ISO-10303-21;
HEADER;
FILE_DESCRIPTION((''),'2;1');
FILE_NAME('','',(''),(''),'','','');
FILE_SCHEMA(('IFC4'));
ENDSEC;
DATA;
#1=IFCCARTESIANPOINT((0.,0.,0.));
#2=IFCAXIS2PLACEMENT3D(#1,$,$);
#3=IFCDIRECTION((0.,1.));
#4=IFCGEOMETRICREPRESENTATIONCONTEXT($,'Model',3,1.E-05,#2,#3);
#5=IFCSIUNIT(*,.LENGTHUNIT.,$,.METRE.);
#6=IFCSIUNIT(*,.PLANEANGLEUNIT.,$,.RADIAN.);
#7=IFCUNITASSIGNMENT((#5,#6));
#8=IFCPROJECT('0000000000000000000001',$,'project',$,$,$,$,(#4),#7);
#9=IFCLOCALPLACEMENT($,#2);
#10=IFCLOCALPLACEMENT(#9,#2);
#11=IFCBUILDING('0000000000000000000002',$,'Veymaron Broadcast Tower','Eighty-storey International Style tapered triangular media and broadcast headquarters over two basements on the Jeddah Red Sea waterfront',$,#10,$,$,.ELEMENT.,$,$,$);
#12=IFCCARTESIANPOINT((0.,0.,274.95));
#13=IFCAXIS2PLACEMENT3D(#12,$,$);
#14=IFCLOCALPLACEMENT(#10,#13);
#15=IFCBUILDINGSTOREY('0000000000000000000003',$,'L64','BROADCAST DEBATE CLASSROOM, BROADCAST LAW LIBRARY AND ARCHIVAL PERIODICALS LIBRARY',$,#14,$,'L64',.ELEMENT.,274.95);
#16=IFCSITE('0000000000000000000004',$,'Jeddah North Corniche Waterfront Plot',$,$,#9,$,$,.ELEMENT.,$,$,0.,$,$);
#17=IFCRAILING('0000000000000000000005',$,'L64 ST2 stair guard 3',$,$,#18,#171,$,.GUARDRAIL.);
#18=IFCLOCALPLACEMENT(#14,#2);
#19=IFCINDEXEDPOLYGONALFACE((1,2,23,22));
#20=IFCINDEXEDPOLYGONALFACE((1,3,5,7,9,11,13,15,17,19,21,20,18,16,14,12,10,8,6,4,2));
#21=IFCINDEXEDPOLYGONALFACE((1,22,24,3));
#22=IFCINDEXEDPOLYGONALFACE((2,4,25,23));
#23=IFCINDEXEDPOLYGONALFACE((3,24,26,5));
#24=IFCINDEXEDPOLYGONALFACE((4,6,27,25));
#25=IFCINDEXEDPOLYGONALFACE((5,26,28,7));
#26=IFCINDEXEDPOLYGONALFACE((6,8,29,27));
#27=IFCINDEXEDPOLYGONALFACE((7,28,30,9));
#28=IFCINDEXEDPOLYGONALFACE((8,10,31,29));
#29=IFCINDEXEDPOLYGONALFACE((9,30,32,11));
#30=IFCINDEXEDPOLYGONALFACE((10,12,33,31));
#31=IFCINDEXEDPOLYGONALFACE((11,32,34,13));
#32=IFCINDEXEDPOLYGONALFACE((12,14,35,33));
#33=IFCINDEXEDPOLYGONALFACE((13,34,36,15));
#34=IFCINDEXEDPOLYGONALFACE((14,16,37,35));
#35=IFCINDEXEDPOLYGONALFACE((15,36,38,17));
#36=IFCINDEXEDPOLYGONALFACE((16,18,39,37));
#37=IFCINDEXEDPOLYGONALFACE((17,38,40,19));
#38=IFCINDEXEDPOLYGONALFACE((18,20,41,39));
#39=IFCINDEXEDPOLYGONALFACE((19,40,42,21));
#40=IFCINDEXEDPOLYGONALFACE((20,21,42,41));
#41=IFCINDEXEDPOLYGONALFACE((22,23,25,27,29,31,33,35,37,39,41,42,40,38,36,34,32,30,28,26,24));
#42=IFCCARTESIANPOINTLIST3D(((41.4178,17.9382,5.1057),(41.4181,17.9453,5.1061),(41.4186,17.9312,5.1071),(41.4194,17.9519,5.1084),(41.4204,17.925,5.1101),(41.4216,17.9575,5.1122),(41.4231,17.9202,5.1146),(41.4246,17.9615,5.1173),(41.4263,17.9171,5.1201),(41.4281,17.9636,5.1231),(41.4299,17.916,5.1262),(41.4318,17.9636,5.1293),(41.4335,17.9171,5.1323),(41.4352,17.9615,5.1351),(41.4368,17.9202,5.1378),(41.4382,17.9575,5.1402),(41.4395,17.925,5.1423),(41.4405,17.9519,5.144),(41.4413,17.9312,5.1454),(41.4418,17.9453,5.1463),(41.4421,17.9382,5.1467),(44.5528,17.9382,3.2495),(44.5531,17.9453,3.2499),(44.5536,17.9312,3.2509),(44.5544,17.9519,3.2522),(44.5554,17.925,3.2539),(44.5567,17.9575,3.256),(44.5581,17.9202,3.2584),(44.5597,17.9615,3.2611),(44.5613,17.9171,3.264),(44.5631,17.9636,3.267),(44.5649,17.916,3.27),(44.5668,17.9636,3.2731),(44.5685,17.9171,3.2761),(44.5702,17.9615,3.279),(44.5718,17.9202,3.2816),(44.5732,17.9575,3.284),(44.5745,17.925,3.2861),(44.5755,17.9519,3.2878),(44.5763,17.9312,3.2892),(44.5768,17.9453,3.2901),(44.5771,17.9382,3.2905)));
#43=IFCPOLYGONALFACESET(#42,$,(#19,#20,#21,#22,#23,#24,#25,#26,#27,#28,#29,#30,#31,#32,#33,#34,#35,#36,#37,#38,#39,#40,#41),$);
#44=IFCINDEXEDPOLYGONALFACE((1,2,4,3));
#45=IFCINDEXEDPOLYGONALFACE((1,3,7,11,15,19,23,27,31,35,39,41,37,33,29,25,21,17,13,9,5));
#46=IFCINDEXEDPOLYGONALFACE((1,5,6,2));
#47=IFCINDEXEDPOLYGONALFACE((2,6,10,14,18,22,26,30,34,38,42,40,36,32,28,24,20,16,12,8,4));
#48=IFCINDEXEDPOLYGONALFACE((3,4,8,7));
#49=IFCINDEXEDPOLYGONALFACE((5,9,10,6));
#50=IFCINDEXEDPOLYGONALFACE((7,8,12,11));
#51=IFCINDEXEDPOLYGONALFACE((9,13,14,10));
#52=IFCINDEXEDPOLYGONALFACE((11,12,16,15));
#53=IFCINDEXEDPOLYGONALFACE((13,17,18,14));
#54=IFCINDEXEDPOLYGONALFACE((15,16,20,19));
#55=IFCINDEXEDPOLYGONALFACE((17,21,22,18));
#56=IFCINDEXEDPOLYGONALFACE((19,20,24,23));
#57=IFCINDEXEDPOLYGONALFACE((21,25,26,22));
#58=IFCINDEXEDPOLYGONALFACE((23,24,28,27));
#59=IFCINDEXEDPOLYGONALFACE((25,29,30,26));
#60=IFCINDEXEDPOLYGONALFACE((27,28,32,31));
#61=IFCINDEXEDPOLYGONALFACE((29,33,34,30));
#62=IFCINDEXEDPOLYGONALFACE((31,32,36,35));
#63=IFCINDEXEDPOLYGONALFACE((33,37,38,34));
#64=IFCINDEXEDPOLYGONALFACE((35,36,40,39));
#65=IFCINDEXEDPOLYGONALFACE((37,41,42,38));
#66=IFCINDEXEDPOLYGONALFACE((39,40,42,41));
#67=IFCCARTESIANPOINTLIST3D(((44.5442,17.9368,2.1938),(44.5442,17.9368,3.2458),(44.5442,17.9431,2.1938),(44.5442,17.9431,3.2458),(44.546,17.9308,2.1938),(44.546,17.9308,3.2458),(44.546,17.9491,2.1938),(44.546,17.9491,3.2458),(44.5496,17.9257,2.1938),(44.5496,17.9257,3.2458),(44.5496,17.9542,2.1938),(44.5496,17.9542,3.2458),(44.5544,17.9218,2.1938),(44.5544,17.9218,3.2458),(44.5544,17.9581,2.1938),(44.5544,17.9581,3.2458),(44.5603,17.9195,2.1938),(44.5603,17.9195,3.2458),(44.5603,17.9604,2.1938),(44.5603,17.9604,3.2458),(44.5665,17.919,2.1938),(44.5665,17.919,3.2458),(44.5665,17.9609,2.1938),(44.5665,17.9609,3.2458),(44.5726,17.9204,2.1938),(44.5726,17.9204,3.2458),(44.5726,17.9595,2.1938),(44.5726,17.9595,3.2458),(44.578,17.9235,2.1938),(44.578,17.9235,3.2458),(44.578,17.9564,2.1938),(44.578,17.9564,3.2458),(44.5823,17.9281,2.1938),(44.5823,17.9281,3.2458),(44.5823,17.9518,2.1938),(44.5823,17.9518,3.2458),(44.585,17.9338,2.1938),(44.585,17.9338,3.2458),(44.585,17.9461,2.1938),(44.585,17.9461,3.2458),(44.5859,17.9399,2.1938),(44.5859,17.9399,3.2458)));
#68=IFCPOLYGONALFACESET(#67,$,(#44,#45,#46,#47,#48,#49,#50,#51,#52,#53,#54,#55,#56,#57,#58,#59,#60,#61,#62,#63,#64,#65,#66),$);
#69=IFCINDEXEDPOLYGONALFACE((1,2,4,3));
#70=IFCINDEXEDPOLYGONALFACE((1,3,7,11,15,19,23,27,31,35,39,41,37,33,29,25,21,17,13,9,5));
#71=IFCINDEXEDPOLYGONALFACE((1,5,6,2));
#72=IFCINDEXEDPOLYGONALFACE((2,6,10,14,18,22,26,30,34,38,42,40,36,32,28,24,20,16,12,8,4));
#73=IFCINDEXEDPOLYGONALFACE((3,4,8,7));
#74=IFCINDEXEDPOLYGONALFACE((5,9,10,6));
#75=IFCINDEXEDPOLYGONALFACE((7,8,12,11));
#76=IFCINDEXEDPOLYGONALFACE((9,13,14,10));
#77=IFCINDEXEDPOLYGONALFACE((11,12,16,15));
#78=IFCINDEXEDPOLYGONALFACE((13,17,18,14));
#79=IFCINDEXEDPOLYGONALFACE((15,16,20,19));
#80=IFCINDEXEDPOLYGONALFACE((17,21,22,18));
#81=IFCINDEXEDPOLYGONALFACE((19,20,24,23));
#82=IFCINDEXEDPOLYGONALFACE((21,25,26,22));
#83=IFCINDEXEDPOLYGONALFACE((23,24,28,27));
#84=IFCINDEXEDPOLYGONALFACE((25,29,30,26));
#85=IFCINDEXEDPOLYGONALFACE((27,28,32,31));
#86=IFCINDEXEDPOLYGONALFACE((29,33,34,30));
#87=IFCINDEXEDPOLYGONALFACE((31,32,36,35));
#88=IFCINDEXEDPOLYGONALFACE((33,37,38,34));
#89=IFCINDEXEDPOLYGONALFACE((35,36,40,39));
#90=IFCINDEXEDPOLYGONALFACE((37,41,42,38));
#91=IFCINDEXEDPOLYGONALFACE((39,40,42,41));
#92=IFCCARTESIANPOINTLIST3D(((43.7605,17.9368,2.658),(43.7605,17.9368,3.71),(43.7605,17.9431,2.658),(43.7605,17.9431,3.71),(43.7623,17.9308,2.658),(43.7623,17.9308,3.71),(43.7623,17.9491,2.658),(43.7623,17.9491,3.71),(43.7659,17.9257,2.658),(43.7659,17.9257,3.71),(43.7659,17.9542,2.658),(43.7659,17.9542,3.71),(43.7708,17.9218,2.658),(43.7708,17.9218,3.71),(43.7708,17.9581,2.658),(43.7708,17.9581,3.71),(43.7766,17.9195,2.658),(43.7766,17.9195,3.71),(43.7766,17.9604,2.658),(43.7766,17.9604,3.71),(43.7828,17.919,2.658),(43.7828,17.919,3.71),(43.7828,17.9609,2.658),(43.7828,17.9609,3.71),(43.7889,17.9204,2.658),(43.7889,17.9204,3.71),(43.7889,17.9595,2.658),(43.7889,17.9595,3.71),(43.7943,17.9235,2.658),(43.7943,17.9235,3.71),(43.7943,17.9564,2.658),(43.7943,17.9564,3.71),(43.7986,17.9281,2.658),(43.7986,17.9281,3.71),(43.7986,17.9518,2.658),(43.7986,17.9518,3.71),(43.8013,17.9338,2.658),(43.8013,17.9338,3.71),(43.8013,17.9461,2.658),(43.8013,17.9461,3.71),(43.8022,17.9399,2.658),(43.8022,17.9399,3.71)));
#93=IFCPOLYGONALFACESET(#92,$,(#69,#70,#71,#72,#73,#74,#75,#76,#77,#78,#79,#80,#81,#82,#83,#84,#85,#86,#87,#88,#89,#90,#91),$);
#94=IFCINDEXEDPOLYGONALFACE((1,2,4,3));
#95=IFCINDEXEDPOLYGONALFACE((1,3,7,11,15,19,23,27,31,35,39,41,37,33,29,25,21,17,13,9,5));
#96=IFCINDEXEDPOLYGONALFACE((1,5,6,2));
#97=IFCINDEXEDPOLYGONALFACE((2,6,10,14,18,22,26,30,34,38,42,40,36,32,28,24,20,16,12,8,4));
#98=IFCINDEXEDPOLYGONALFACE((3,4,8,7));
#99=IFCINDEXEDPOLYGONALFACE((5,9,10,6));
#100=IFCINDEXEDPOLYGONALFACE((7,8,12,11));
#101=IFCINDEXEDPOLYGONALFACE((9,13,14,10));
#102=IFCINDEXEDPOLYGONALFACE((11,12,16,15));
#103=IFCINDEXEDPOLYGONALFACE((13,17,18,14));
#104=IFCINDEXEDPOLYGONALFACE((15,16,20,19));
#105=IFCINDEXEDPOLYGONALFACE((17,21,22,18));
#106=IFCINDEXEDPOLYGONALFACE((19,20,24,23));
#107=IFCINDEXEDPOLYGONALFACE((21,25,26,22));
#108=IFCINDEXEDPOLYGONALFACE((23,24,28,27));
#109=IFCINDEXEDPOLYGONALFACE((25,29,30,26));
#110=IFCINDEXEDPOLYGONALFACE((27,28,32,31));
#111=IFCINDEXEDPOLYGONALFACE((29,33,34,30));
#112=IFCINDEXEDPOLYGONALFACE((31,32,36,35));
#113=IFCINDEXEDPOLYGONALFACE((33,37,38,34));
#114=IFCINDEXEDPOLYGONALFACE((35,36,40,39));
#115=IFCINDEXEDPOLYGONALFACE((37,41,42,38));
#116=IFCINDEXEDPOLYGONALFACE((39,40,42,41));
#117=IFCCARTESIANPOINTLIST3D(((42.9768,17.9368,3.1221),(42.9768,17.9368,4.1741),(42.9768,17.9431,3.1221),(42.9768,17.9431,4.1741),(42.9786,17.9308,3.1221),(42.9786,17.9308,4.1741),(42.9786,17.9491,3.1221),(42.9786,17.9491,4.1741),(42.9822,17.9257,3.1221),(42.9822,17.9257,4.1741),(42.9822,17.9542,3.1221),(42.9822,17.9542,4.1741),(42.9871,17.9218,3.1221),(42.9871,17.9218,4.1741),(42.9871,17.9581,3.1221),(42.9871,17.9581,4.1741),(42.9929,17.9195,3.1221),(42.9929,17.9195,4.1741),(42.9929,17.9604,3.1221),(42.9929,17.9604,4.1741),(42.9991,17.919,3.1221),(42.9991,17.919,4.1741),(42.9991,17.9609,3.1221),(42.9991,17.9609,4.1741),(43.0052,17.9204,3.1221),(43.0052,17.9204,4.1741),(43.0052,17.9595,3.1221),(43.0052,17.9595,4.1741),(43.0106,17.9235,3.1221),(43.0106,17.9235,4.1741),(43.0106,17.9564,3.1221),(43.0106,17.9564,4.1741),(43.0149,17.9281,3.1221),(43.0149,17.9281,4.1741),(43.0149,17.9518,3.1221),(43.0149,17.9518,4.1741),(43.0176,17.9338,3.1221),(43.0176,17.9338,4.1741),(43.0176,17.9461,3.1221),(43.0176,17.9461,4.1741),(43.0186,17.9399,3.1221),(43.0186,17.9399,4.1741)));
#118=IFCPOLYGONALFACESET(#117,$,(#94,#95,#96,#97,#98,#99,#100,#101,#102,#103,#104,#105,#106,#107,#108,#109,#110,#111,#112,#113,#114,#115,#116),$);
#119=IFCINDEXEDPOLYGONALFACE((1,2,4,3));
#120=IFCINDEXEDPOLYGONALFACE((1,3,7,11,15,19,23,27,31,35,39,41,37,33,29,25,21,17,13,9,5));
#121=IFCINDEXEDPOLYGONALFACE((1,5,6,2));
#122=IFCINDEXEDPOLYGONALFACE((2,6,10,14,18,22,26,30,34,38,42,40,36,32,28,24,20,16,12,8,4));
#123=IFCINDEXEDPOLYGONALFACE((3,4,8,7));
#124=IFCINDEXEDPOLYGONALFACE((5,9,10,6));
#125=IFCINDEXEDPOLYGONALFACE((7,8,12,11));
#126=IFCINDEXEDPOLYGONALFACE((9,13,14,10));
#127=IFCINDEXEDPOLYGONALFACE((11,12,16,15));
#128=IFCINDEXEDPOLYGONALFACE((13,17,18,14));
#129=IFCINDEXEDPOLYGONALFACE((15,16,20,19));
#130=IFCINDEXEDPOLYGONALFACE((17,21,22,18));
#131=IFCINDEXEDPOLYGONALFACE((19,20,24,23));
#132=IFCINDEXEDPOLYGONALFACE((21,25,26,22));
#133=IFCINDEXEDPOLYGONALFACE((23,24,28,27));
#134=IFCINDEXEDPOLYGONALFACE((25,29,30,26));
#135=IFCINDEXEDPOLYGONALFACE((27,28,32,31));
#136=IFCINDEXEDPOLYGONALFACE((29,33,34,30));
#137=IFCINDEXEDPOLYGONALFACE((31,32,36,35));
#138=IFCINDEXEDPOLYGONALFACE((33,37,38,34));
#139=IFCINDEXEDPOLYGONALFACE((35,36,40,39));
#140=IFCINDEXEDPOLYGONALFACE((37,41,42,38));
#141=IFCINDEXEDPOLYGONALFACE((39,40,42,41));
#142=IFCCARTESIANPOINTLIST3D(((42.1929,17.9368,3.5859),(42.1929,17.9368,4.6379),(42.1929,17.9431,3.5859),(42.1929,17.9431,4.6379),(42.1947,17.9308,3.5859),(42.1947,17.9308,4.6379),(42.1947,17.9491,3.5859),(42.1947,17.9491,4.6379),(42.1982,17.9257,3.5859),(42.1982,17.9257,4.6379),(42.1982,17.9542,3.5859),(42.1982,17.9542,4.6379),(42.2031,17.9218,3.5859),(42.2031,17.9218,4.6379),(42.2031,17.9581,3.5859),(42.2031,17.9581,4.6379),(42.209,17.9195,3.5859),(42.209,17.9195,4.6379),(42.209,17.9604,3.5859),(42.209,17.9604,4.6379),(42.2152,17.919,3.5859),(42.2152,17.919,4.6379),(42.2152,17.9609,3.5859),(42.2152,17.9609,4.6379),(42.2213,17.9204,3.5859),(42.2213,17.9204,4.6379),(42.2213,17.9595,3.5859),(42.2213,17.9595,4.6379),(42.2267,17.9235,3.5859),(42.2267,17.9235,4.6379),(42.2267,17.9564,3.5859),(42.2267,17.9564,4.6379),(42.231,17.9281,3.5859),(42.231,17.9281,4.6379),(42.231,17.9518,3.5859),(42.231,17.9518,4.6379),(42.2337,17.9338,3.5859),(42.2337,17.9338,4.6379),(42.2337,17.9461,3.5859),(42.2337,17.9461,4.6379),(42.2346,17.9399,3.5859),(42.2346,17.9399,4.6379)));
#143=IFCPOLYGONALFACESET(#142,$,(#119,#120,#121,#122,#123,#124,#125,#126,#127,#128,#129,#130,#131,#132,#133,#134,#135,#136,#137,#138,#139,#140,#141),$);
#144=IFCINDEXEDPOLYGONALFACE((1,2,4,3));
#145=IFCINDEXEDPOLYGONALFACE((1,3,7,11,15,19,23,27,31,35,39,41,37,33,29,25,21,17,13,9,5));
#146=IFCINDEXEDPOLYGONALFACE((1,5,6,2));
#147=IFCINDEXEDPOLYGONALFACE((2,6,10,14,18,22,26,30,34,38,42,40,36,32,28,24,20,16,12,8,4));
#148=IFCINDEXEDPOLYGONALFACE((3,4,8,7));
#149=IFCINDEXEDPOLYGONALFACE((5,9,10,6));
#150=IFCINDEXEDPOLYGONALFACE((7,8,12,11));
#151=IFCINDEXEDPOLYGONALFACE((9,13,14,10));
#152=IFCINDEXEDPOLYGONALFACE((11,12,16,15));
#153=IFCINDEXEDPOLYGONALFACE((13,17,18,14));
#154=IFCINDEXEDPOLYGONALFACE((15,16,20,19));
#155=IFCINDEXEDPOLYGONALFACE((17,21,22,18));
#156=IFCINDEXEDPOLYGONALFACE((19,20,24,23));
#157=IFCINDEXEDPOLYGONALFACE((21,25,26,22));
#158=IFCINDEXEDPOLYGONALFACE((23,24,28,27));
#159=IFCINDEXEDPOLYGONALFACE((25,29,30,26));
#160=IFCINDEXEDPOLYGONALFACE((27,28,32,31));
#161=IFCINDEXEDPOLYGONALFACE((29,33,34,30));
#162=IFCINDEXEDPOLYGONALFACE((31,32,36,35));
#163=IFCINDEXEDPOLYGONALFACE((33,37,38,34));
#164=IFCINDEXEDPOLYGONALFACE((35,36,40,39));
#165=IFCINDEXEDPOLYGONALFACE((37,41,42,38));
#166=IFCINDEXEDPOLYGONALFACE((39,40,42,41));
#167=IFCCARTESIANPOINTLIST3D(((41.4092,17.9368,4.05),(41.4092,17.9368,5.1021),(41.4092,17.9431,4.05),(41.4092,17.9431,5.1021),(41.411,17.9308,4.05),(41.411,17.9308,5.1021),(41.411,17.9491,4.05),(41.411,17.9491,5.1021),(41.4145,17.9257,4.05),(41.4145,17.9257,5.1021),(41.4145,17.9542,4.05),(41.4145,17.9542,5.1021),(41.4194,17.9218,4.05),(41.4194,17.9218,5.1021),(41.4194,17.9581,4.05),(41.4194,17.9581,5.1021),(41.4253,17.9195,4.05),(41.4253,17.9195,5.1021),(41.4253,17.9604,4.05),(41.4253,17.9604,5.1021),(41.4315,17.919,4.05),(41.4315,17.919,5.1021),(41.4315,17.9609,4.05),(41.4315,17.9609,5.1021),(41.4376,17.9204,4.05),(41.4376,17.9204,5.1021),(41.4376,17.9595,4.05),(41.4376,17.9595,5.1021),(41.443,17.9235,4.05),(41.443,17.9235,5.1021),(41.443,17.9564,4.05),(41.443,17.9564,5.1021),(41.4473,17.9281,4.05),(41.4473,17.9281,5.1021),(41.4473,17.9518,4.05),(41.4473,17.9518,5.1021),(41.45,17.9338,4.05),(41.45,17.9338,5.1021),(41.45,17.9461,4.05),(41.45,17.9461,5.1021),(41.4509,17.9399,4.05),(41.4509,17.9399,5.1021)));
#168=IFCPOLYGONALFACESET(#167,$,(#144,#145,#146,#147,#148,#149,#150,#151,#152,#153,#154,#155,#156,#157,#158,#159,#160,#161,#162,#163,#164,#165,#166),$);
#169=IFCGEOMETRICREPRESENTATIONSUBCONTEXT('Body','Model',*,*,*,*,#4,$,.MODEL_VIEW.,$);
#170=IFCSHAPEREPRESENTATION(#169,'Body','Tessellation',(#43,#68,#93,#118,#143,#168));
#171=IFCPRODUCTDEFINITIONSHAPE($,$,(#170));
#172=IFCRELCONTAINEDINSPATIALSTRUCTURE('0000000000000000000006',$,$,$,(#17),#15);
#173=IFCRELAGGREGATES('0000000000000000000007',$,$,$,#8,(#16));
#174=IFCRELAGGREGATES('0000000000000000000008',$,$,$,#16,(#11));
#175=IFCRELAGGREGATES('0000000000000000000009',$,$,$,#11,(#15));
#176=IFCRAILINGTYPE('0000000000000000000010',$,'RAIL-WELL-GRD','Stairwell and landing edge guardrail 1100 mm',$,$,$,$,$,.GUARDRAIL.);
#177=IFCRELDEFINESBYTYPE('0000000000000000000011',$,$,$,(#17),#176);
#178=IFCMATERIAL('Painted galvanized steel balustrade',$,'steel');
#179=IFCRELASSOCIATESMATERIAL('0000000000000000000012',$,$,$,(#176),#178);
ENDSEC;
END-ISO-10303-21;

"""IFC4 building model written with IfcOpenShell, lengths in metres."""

from ifc_helpers import new_model, si_unit, direction, frame, origin, origin_2d, place, context, subcontext, project, spatial, circle, extrude, material, type_object, element, save


model = new_model("IFC4")

# Units and contexts
model_context = context("Model", 3, precision=1e-05, world=origin(), true_north=direction((0.0, 1.0)))
body_context = subcontext(model_context, "Body", "Model", "MODEL_VIEW")
ifc_project = project(units=[si_unit("LENGTHUNIT", "METRE"), si_unit("PLANEANGLEUNIT", "RADIAN")], contexts=[model_context])

# Site, building, storey
site_placement = place(None, origin())
site = spatial("IfcSite", under=ifc_project, at=site_placement, Name="Jeddah North Corniche Waterfront Plot", CompositionType="ELEMENT", RefElevation=0.0)
building_placement = place(site_placement, origin())
building = spatial("IfcBuilding", under=site, at=building_placement, Name="Veymaron Broadcast Tower", Description="Eighty-storey International Style tapered triangular media and broadcast headquarters over two basements on the Jeddah Red Sea waterfront", CompositionType="ELEMENT")
storey_placement = place(building_placement, frame((0.0, 0.0, 274.95)))
storey = spatial("IfcBuildingStorey", under=building, at=storey_placement, Name="L64", Description="BROADCAST DEBATE CLASSROOM, BROADCAST LAW LIBRARY AND ARCHIVAL PERIODICALS LIBRARY", LongName="L64", CompositionType="ELEMENT", Elevation=274.95)

# Railing
ifc_material_1 = material(Name="Painted galvanized steel balustrade", Category="steel")
railing_type_1 = type_object("IfcRailingType", Name="RAIL-WELL-GRD", Description="Stairwell and landing edge guardrail 1100 mm", PredefinedType="GUARDRAIL", material=ifc_material_1)
railing_1_placement = place(storey_placement, frame((44.5649, 17.9399, 2.1938)))
element("IfcRailing", 1, at=railing_1_placement, inside=storey, type_object=railing_type_1, Name="L64 ST2 stair guard 3", PredefinedType="GUARDRAIL", context=body_context, shape_type="SweptSolid", body=[
    extrude(circle(Radius=0.0239, at=origin_2d()), frame((0.0, 0.0, 1.0762), z_axis=(-0.860482, 0.0, 0.509481), x_axis=(0.0, -1.0, 0.0)), (0.0, 0.0, 1.0), 3.6433),
    extrude(circle(Radius=0.021, at=origin_2d()), origin(), (0.0, 0.0, 1.0), 1.052),
    extrude(circle(Radius=0.021, at=origin_2d()), frame((-0.7837, 0.0, 0.4641)), (0.0, 0.0, 1.0), 1.052),
    extrude(circle(Radius=0.021, at=origin_2d()), frame((-1.5674, 0.0, 0.9282)), (0.0, 0.0, 1.0), 1.052),
    extrude(circle(Radius=0.021, at=origin_2d()), frame((-2.3513, 0.0, 1.3921)), (0.0, 0.0, 1.0), 1.052),
    extrude(circle(Radius=0.021, at=origin_2d()), frame((-3.135, 0.0, 1.8562)), (0.0, 0.0, 1.0), 1.052),
])

save(model, "model.ifc")
